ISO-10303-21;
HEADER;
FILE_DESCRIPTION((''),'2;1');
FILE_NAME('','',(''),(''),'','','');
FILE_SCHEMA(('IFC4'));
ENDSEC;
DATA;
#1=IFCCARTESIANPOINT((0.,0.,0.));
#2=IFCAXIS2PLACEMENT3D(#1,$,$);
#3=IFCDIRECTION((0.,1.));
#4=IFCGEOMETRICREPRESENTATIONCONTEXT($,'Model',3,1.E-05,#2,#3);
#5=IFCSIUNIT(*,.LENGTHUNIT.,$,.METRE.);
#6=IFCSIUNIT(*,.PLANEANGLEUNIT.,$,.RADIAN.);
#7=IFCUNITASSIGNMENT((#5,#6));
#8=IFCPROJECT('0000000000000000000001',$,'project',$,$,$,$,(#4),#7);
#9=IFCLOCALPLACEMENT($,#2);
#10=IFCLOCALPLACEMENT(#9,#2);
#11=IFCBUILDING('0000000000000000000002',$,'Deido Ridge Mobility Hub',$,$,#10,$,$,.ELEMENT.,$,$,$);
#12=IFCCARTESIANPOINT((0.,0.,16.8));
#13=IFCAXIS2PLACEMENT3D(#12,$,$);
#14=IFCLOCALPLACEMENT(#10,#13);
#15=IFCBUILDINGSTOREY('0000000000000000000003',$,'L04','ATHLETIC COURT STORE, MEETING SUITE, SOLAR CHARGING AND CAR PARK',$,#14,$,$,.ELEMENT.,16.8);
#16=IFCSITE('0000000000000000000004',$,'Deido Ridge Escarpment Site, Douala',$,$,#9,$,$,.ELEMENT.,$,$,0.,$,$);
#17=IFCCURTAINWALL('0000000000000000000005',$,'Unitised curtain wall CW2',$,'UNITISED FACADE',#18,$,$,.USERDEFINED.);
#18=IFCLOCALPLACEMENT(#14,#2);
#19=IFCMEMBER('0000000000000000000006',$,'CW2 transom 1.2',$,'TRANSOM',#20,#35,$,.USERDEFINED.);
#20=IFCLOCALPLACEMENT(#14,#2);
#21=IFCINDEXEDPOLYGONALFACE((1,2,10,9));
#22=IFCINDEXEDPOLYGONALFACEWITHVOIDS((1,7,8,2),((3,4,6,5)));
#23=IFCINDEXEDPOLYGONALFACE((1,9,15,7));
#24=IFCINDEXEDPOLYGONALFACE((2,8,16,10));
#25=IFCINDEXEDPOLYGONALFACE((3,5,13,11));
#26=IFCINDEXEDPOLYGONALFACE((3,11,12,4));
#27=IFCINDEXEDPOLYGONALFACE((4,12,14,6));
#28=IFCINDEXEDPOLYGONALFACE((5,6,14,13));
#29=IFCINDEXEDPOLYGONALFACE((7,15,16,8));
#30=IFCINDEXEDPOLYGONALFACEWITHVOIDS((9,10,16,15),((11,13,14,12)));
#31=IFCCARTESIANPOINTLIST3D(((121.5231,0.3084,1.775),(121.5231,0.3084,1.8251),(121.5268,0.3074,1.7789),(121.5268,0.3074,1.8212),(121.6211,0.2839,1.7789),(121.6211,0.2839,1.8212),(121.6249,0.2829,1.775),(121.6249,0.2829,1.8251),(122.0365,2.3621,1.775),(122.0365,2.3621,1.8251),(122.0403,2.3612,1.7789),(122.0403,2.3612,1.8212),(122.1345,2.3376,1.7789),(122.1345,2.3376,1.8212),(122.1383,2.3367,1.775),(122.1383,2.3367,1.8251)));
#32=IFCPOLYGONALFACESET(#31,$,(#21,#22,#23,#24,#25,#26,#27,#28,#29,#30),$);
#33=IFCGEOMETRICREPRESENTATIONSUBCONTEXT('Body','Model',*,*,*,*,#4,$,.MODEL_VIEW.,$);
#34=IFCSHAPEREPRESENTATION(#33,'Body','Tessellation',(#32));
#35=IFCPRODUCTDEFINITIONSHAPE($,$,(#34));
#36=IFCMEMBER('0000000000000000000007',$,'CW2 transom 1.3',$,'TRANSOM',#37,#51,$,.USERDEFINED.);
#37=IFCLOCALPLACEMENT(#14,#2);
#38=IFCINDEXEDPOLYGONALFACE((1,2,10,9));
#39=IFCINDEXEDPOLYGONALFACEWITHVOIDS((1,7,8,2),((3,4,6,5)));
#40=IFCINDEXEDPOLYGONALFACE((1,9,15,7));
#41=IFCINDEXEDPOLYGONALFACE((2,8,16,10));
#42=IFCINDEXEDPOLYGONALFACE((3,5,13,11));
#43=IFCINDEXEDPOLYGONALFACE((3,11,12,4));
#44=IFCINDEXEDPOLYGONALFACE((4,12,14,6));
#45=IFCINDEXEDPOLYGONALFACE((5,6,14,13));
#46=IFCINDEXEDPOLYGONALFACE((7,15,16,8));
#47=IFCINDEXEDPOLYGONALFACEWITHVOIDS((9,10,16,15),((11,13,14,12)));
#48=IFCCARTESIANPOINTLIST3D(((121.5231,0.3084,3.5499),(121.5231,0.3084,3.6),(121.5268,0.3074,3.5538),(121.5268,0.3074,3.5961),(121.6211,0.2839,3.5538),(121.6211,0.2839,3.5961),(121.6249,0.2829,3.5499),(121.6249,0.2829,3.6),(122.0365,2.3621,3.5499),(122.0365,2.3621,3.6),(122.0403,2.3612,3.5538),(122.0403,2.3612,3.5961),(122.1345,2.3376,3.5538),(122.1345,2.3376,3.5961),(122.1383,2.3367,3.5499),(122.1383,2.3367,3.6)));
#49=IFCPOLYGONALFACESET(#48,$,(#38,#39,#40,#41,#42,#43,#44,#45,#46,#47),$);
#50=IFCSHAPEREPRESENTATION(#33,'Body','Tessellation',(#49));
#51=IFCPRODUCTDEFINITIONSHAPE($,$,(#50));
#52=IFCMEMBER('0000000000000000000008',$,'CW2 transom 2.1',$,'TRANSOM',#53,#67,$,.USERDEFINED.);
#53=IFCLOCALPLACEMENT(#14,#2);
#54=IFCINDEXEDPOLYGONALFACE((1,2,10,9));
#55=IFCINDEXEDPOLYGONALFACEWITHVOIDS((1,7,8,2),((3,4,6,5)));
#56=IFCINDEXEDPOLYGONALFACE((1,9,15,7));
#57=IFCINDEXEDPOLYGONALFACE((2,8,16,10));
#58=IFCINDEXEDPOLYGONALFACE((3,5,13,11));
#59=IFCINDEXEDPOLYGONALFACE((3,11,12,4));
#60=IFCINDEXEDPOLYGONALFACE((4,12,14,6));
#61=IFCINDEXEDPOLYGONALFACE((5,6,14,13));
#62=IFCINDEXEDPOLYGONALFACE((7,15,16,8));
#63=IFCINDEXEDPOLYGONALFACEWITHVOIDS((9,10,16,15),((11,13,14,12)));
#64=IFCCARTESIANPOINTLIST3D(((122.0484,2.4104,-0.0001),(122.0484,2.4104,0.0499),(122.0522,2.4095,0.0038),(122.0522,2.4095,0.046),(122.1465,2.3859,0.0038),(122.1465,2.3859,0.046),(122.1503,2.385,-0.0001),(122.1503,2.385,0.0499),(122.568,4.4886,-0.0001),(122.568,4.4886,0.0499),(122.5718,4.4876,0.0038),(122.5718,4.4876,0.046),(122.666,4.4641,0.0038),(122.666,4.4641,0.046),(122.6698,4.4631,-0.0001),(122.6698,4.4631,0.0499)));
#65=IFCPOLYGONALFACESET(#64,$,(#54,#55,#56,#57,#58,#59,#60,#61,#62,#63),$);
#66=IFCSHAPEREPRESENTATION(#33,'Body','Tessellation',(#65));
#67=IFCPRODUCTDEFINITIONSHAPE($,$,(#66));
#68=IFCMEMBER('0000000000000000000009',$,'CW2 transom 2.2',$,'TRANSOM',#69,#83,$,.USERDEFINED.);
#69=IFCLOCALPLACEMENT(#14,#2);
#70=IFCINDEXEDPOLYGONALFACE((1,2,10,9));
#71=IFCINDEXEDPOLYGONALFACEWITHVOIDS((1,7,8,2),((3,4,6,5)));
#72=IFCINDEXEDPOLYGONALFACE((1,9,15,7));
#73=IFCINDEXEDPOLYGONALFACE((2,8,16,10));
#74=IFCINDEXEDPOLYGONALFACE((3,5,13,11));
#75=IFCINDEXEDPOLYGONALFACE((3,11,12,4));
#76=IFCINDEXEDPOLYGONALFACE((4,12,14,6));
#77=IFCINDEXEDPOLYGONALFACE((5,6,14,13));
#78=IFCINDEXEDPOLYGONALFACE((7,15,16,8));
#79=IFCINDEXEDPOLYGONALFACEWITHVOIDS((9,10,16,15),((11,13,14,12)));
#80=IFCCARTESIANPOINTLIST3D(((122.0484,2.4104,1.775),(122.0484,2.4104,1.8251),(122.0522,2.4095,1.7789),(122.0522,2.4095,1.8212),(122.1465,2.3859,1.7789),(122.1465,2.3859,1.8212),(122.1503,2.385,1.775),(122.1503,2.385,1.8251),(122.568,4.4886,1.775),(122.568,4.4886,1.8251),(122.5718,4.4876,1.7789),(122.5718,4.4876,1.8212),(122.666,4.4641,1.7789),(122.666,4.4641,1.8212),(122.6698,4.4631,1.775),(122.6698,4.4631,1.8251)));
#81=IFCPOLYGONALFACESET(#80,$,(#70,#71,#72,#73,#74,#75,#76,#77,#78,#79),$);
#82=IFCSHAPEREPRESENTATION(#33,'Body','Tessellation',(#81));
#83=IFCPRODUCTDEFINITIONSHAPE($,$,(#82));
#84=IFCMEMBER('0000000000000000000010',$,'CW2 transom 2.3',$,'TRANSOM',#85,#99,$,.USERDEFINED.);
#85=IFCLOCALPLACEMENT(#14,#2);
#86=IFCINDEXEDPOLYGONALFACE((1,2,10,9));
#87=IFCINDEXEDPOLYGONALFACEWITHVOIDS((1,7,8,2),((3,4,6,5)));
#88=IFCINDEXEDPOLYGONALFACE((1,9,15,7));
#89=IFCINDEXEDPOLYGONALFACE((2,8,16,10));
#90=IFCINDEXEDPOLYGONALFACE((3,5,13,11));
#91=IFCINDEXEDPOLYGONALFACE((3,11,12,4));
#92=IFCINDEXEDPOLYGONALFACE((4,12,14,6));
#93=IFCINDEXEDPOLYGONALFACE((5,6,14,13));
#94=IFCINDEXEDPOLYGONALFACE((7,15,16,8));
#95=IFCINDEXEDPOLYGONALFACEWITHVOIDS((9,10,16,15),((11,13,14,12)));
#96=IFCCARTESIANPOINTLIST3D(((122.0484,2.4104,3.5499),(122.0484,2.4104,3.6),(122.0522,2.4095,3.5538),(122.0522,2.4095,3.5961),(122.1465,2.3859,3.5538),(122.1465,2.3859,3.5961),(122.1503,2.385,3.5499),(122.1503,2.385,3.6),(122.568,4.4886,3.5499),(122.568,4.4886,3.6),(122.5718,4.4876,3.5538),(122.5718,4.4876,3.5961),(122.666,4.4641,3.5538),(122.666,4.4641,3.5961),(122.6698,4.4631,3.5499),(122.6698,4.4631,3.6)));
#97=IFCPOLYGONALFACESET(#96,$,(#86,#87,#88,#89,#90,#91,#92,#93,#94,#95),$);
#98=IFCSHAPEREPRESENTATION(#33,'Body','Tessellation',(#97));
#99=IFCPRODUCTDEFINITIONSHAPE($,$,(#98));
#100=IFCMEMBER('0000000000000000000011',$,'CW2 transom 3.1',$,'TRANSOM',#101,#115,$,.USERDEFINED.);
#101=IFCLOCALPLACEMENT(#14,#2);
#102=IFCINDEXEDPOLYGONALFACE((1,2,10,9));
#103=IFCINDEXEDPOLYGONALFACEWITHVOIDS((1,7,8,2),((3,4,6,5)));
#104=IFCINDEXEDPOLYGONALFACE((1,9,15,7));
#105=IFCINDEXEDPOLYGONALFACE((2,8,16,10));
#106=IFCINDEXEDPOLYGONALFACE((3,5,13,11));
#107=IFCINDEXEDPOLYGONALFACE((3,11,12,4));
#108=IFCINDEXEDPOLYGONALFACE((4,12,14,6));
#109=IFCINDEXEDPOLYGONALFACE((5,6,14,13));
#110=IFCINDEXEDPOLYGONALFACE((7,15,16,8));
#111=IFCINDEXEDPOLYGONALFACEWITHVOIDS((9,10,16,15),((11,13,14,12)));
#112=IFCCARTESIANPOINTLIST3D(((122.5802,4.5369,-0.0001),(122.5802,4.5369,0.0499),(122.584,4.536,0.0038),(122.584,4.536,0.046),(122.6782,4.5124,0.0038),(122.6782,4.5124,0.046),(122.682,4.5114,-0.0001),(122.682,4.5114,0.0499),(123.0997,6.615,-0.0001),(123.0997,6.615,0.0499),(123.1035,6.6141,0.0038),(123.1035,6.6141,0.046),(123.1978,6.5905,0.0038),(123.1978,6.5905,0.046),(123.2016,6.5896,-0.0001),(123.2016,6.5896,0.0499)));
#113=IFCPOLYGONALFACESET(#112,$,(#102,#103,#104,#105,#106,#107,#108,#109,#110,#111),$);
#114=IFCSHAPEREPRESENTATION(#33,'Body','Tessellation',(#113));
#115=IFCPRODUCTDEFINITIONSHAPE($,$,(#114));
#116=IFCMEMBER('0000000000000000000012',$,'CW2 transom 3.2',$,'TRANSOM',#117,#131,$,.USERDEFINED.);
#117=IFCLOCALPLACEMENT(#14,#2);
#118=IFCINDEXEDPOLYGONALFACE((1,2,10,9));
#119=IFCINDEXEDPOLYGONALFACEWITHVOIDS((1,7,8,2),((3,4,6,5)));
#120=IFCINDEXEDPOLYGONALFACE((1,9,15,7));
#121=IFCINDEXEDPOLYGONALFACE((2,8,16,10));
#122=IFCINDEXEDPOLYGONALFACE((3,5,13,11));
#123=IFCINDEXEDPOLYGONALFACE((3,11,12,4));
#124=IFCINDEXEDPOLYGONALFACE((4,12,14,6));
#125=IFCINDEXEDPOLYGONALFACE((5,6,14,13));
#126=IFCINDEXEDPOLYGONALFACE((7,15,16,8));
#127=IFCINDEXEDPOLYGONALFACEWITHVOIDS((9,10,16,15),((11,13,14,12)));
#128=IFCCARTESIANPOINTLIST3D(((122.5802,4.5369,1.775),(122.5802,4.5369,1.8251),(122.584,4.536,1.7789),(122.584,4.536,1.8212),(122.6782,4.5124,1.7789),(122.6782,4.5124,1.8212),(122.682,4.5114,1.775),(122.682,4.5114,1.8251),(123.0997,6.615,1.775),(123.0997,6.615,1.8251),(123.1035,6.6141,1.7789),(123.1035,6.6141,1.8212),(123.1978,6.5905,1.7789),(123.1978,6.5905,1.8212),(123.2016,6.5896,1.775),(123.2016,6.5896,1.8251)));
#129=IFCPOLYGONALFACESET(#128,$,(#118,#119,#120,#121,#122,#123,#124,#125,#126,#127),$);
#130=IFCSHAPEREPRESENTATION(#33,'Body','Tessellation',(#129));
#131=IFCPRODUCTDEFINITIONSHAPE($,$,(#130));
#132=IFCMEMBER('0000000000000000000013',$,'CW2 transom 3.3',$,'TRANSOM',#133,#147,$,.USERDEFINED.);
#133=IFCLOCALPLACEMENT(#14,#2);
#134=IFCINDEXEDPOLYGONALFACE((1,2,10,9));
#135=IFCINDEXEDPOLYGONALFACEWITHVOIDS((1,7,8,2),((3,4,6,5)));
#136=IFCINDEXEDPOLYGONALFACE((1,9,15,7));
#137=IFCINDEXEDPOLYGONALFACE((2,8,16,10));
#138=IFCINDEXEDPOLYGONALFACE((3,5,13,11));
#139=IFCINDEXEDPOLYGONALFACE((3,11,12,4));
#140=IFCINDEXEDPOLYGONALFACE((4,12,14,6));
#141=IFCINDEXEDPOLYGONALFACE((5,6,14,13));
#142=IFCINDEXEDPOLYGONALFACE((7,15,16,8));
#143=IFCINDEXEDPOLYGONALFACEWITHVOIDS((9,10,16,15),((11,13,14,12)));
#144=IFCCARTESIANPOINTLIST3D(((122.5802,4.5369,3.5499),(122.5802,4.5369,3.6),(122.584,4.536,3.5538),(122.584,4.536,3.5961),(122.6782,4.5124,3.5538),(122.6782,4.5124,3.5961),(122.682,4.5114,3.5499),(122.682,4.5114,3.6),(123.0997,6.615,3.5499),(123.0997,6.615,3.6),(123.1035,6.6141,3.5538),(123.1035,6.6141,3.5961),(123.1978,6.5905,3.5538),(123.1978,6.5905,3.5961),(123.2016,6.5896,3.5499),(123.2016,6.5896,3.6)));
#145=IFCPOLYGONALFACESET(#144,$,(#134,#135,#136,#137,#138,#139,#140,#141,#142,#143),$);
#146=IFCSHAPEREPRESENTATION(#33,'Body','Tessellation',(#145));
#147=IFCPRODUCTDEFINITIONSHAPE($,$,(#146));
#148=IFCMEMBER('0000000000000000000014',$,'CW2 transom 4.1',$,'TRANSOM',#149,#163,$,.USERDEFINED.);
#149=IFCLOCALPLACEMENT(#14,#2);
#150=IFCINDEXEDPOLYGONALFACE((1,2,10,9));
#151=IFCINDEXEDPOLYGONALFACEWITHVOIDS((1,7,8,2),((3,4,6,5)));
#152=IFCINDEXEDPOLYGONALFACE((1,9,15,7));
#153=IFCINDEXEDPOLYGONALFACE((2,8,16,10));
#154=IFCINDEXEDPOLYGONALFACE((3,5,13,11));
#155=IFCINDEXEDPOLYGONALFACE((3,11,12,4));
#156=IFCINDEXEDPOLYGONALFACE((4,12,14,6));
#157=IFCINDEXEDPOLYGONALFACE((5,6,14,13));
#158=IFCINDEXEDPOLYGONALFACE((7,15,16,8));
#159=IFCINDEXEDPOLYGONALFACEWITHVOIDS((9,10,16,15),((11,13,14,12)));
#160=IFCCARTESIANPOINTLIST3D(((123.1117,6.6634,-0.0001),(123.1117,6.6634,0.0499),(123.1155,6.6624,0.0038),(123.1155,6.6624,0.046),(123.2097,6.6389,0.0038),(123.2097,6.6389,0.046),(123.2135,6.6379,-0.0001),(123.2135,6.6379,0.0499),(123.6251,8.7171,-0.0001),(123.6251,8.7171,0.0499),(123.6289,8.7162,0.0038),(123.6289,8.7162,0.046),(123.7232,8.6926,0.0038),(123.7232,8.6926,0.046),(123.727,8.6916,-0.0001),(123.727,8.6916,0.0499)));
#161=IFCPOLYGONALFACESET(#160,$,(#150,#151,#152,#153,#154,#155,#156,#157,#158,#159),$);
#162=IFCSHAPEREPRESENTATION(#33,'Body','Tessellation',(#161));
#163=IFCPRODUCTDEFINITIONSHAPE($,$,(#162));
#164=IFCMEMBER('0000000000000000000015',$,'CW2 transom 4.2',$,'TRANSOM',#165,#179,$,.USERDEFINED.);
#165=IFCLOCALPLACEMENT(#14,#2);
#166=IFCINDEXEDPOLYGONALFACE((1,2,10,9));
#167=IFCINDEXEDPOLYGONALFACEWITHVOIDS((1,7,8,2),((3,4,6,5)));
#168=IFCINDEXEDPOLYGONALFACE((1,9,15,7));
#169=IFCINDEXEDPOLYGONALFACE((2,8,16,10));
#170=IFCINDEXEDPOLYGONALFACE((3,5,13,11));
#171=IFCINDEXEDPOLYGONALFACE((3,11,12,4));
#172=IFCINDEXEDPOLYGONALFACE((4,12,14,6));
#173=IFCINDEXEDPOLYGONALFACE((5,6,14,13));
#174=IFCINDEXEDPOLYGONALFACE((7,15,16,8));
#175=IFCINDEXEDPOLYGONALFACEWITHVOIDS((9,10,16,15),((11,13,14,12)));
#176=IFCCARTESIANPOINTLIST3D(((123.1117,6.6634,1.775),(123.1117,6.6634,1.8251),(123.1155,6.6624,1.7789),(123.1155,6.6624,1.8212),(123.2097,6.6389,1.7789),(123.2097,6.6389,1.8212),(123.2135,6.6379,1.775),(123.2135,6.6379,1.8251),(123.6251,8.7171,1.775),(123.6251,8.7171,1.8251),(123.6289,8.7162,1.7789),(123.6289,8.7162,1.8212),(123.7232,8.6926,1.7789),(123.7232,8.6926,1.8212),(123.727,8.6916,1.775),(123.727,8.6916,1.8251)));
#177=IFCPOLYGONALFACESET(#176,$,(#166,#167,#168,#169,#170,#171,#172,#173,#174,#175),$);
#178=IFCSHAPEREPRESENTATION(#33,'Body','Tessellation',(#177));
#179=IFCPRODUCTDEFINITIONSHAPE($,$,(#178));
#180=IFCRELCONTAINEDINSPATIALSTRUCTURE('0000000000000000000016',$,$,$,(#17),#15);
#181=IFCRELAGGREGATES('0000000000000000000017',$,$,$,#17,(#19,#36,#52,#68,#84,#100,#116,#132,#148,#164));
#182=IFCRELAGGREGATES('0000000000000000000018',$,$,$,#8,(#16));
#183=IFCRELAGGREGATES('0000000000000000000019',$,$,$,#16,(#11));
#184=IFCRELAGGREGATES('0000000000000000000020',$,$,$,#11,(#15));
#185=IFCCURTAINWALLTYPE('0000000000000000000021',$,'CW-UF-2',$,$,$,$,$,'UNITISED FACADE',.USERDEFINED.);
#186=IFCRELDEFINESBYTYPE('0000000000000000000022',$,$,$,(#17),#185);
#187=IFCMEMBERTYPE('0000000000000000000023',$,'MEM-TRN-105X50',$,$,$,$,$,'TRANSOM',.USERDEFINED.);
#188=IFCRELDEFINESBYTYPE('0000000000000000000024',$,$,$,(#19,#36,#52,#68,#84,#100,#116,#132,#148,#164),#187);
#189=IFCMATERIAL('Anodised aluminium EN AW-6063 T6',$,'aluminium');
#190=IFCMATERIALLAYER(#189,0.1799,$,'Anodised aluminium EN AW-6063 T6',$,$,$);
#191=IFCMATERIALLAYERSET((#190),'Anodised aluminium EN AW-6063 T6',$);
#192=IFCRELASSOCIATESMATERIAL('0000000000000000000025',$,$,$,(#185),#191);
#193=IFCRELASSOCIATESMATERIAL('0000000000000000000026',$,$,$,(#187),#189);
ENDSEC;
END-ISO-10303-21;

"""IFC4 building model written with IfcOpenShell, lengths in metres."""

from ifc_helpers import new_model, si_unit, direction, frame, origin, origin_2d, place, context, subcontext, project, spatial, hollow_rectangle, extrude, material, layer, layer_set, material_profile, profile_set, type_object, element, aggregate, save


model = new_model("IFC4")

# Units and contexts
model_context = context("Model", 3, precision=1e-05, world=origin(), true_north=direction((0.0, 1.0)))
body_context = subcontext(model_context, "Body", "Model", "MODEL_VIEW")
ifc_project = project(units=[si_unit("LENGTHUNIT", "METRE"), si_unit("PLANEANGLEUNIT", "RADIAN")], contexts=[model_context])

# Site, building, storey
site_placement = place(None, origin())
site = spatial("IfcSite", under=ifc_project, at=site_placement, Name="Deido Ridge Escarpment Site, Douala", CompositionType="ELEMENT", RefElevation=0.0)
building_placement = place(site_placement, origin())
building = spatial("IfcBuilding", under=site, at=building_placement, Name="Deido Ridge Mobility Hub", CompositionType="ELEMENT")
storey_placement = place(building_placement, frame((0.0, 0.0, 16.8)))
storey = spatial("IfcBuildingStorey", under=building, at=storey_placement, Name="L04", Description="ATHLETIC COURT STORE, MEETING SUITE, SOLAR CHARGING AND CAR PARK", CompositionType="ELEMENT", Elevation=16.8)

# Curtain wall
ifc_material_1 = material(Name="Anodised aluminium EN AW-6063 T6", Category="aluminium")
ifc_layer_1 = layer(ifc_material_1, 0.1799, Name="Anodised aluminium EN AW-6063 T6")
ifc_layer_set_1 = layer_set([ifc_layer_1], Name="Anodised aluminium EN AW-6063 T6")
curtain_wall_type = type_object("IfcCurtainWallType", Name="CW-UF-2", ElementType="UNITISED FACADE", PredefinedType="USERDEFINED", material=ifc_layer_set_1)
curtain_wall_placement = place(storey_placement, origin())
curtain_wall = element("IfcCurtainWall", 1, at=curtain_wall_placement, inside=storey, type_object=curtain_wall_type, Name="Unitised curtain wall CW2", ObjectType="UNITISED FACADE", PredefinedType="USERDEFINED")

# Members
ifc_material_profile_1 = material_profile(ifc_material_1, hollow_rectangle(XDim=0.105, YDim=0.05, WallThickness=0.0039, at=origin_2d()), Name="RHS 105x50x4")
ifc_profile_set_1 = profile_set([ifc_material_profile_1], Name="Anodised aluminium EN AW-6063 T6")
member_type_1 = type_object("IfcMemberType", Name="MEM-TRN-105X50", ElementType="TRANSOM", PredefinedType="USERDEFINED", material=ifc_profile_set_1)
member_1_placement = place(storey_placement, frame((121.574, 0.2957, 1.8), z_axis=(0.242536, 0.970143, 0.0), x_axis=(-0.970143, 0.242536, 0.0)))
member_1 = element("IfcMember", 2, at=member_1_placement, type_object=member_type_1, Name="CW2 transom 1.2", ObjectType="TRANSOM", PredefinedType="USERDEFINED", context=body_context, shape_type="SweptSolid", body=[
    extrude(hollow_rectangle(XDim=0.105, YDim=0.05, WallThickness=0.0039, at=origin_2d()), origin(), (0.0, 0.0, 1.0), 2.1169),
])
member_2_placement = place(storey_placement, frame((121.574, 0.2957, 3.575), z_axis=(0.242536, 0.970143, 0.0), x_axis=(-0.970143, 0.242536, 0.0)))
member_2 = element("IfcMember", 3, at=member_2_placement, type_object=member_type_1, Name="CW2 transom 1.3", ObjectType="TRANSOM", PredefinedType="USERDEFINED", context=body_context, shape_type="SweptSolid", body=[
    extrude(hollow_rectangle(XDim=0.105, YDim=0.05, WallThickness=0.0039, at=origin_2d()), origin(), (0.0, 0.0, 1.0), 2.1169),
])
member_3_placement = place(storey_placement, frame((122.0994, 2.3977, 0.0249), z_axis=(0.242536, 0.970143, 0.0), x_axis=(-0.970143, 0.242536, 0.0)))
member_3 = element("IfcMember", 4, at=member_3_placement, type_object=member_type_1, Name="CW2 transom 2.1", ObjectType="TRANSOM", PredefinedType="USERDEFINED", context=body_context, shape_type="SweptSolid", body=[
    extrude(hollow_rectangle(XDim=0.105, YDim=0.05, WallThickness=0.0039, at=origin_2d()), origin(), (0.0, 0.0, 1.0), 2.1421),
])
member_4_placement = place(storey_placement, frame((122.0994, 2.3977, 1.8), z_axis=(0.242536, 0.970143, 0.0), x_axis=(-0.970143, 0.242536, 0.0)))
member_4 = element("IfcMember", 5, at=member_4_placement, type_object=member_type_1, Name="CW2 transom 2.2", ObjectType="TRANSOM", PredefinedType="USERDEFINED", context=body_context, shape_type="SweptSolid", body=[
    extrude(hollow_rectangle(XDim=0.105, YDim=0.05, WallThickness=0.0039, at=origin_2d()), origin(), (0.0, 0.0, 1.0), 2.1421),
])
member_5_placement = place(storey_placement, frame((122.0994, 2.3977, 3.575), z_axis=(0.242536, 0.970143, 0.0), x_axis=(-0.970143, 0.242536, 0.0)))
member_5 = element("IfcMember", 6, at=member_5_placement, type_object=member_type_1, Name="CW2 transom 2.3", ObjectType="TRANSOM", PredefinedType="USERDEFINED", context=body_context, shape_type="SweptSolid", body=[
    extrude(hollow_rectangle(XDim=0.105, YDim=0.05, WallThickness=0.0039, at=origin_2d()), origin(), (0.0, 0.0, 1.0), 2.1421),
])
member_6_placement = place(storey_placement, frame((122.6311, 4.5242, 0.0249), z_axis=(0.242536, 0.970143, 0.0), x_axis=(-0.970143, 0.242536, 0.0)))
member_6 = element("IfcMember", 7, at=member_6_placement, type_object=member_type_1, Name="CW2 transom 3.1", ObjectType="TRANSOM", PredefinedType="USERDEFINED", context=body_context, shape_type="SweptSolid", body=[
    extrude(hollow_rectangle(XDim=0.105, YDim=0.05, WallThickness=0.0039, at=origin_2d()), origin(), (0.0, 0.0, 1.0), 2.1421),
])
member_7_placement = place(storey_placement, frame((122.6311, 4.5242, 1.8), z_axis=(0.242536, 0.970143, 0.0), x_axis=(-0.970143, 0.242536, 0.0)))
member_7 = element("IfcMember", 8, at=member_7_placement, type_object=member_type_1, Name="CW2 transom 3.2", ObjectType="TRANSOM", PredefinedType="USERDEFINED", context=body_context, shape_type="SweptSolid", body=[
    extrude(hollow_rectangle(XDim=0.105, YDim=0.05, WallThickness=0.0039, at=origin_2d()), origin(), (0.0, 0.0, 1.0), 2.1421),
])
member_8_placement = place(storey_placement, frame((122.6311, 4.5242, 3.575), z_axis=(0.242536, 0.970143, 0.0), x_axis=(-0.970143, 0.242536, 0.0)))
member_8 = element("IfcMember", 9, at=member_8_placement, type_object=member_type_1, Name="CW2 transom 3.3", ObjectType="TRANSOM", PredefinedType="USERDEFINED", context=body_context, shape_type="SweptSolid", body=[
    extrude(hollow_rectangle(XDim=0.105, YDim=0.05, WallThickness=0.0039, at=origin_2d()), origin(), (0.0, 0.0, 1.0), 2.1421),
])
member_9_placement = place(storey_placement, frame((123.1626, 6.6506, 0.0249), z_axis=(0.242536, 0.970143, 0.0), x_axis=(-0.970143, 0.242536, 0.0)))
member_9 = element("IfcMember", 10, at=member_9_placement, type_object=member_type_1, Name="CW2 transom 4.1", ObjectType="TRANSOM", PredefinedType="USERDEFINED", context=body_context, shape_type="SweptSolid", body=[
    extrude(hollow_rectangle(XDim=0.105, YDim=0.05, WallThickness=0.0039, at=origin_2d()), origin(), (0.0, 0.0, 1.0), 2.1169),
])
member_10_placement = place(storey_placement, frame((123.1626, 6.6506, 1.8), z_axis=(0.242536, 0.970143, 0.0), x_axis=(-0.970143, 0.242536, 0.0)))
member_10 = element("IfcMember", 11, at=member_10_placement, type_object=member_type_1, Name="CW2 transom 4.2", ObjectType="TRANSOM", PredefinedType="USERDEFINED", context=body_context, shape_type="SweptSolid", body=[
    extrude(hollow_rectangle(XDim=0.105, YDim=0.05, WallThickness=0.0039, at=origin_2d()), origin(), (0.0, 0.0, 1.0), 2.1169),
])

aggregate(curtain_wall, [member_1, member_2, member_3, member_4, member_5, member_6, member_7, member_8, member_9, member_10])

save(model, "model.ifc")
